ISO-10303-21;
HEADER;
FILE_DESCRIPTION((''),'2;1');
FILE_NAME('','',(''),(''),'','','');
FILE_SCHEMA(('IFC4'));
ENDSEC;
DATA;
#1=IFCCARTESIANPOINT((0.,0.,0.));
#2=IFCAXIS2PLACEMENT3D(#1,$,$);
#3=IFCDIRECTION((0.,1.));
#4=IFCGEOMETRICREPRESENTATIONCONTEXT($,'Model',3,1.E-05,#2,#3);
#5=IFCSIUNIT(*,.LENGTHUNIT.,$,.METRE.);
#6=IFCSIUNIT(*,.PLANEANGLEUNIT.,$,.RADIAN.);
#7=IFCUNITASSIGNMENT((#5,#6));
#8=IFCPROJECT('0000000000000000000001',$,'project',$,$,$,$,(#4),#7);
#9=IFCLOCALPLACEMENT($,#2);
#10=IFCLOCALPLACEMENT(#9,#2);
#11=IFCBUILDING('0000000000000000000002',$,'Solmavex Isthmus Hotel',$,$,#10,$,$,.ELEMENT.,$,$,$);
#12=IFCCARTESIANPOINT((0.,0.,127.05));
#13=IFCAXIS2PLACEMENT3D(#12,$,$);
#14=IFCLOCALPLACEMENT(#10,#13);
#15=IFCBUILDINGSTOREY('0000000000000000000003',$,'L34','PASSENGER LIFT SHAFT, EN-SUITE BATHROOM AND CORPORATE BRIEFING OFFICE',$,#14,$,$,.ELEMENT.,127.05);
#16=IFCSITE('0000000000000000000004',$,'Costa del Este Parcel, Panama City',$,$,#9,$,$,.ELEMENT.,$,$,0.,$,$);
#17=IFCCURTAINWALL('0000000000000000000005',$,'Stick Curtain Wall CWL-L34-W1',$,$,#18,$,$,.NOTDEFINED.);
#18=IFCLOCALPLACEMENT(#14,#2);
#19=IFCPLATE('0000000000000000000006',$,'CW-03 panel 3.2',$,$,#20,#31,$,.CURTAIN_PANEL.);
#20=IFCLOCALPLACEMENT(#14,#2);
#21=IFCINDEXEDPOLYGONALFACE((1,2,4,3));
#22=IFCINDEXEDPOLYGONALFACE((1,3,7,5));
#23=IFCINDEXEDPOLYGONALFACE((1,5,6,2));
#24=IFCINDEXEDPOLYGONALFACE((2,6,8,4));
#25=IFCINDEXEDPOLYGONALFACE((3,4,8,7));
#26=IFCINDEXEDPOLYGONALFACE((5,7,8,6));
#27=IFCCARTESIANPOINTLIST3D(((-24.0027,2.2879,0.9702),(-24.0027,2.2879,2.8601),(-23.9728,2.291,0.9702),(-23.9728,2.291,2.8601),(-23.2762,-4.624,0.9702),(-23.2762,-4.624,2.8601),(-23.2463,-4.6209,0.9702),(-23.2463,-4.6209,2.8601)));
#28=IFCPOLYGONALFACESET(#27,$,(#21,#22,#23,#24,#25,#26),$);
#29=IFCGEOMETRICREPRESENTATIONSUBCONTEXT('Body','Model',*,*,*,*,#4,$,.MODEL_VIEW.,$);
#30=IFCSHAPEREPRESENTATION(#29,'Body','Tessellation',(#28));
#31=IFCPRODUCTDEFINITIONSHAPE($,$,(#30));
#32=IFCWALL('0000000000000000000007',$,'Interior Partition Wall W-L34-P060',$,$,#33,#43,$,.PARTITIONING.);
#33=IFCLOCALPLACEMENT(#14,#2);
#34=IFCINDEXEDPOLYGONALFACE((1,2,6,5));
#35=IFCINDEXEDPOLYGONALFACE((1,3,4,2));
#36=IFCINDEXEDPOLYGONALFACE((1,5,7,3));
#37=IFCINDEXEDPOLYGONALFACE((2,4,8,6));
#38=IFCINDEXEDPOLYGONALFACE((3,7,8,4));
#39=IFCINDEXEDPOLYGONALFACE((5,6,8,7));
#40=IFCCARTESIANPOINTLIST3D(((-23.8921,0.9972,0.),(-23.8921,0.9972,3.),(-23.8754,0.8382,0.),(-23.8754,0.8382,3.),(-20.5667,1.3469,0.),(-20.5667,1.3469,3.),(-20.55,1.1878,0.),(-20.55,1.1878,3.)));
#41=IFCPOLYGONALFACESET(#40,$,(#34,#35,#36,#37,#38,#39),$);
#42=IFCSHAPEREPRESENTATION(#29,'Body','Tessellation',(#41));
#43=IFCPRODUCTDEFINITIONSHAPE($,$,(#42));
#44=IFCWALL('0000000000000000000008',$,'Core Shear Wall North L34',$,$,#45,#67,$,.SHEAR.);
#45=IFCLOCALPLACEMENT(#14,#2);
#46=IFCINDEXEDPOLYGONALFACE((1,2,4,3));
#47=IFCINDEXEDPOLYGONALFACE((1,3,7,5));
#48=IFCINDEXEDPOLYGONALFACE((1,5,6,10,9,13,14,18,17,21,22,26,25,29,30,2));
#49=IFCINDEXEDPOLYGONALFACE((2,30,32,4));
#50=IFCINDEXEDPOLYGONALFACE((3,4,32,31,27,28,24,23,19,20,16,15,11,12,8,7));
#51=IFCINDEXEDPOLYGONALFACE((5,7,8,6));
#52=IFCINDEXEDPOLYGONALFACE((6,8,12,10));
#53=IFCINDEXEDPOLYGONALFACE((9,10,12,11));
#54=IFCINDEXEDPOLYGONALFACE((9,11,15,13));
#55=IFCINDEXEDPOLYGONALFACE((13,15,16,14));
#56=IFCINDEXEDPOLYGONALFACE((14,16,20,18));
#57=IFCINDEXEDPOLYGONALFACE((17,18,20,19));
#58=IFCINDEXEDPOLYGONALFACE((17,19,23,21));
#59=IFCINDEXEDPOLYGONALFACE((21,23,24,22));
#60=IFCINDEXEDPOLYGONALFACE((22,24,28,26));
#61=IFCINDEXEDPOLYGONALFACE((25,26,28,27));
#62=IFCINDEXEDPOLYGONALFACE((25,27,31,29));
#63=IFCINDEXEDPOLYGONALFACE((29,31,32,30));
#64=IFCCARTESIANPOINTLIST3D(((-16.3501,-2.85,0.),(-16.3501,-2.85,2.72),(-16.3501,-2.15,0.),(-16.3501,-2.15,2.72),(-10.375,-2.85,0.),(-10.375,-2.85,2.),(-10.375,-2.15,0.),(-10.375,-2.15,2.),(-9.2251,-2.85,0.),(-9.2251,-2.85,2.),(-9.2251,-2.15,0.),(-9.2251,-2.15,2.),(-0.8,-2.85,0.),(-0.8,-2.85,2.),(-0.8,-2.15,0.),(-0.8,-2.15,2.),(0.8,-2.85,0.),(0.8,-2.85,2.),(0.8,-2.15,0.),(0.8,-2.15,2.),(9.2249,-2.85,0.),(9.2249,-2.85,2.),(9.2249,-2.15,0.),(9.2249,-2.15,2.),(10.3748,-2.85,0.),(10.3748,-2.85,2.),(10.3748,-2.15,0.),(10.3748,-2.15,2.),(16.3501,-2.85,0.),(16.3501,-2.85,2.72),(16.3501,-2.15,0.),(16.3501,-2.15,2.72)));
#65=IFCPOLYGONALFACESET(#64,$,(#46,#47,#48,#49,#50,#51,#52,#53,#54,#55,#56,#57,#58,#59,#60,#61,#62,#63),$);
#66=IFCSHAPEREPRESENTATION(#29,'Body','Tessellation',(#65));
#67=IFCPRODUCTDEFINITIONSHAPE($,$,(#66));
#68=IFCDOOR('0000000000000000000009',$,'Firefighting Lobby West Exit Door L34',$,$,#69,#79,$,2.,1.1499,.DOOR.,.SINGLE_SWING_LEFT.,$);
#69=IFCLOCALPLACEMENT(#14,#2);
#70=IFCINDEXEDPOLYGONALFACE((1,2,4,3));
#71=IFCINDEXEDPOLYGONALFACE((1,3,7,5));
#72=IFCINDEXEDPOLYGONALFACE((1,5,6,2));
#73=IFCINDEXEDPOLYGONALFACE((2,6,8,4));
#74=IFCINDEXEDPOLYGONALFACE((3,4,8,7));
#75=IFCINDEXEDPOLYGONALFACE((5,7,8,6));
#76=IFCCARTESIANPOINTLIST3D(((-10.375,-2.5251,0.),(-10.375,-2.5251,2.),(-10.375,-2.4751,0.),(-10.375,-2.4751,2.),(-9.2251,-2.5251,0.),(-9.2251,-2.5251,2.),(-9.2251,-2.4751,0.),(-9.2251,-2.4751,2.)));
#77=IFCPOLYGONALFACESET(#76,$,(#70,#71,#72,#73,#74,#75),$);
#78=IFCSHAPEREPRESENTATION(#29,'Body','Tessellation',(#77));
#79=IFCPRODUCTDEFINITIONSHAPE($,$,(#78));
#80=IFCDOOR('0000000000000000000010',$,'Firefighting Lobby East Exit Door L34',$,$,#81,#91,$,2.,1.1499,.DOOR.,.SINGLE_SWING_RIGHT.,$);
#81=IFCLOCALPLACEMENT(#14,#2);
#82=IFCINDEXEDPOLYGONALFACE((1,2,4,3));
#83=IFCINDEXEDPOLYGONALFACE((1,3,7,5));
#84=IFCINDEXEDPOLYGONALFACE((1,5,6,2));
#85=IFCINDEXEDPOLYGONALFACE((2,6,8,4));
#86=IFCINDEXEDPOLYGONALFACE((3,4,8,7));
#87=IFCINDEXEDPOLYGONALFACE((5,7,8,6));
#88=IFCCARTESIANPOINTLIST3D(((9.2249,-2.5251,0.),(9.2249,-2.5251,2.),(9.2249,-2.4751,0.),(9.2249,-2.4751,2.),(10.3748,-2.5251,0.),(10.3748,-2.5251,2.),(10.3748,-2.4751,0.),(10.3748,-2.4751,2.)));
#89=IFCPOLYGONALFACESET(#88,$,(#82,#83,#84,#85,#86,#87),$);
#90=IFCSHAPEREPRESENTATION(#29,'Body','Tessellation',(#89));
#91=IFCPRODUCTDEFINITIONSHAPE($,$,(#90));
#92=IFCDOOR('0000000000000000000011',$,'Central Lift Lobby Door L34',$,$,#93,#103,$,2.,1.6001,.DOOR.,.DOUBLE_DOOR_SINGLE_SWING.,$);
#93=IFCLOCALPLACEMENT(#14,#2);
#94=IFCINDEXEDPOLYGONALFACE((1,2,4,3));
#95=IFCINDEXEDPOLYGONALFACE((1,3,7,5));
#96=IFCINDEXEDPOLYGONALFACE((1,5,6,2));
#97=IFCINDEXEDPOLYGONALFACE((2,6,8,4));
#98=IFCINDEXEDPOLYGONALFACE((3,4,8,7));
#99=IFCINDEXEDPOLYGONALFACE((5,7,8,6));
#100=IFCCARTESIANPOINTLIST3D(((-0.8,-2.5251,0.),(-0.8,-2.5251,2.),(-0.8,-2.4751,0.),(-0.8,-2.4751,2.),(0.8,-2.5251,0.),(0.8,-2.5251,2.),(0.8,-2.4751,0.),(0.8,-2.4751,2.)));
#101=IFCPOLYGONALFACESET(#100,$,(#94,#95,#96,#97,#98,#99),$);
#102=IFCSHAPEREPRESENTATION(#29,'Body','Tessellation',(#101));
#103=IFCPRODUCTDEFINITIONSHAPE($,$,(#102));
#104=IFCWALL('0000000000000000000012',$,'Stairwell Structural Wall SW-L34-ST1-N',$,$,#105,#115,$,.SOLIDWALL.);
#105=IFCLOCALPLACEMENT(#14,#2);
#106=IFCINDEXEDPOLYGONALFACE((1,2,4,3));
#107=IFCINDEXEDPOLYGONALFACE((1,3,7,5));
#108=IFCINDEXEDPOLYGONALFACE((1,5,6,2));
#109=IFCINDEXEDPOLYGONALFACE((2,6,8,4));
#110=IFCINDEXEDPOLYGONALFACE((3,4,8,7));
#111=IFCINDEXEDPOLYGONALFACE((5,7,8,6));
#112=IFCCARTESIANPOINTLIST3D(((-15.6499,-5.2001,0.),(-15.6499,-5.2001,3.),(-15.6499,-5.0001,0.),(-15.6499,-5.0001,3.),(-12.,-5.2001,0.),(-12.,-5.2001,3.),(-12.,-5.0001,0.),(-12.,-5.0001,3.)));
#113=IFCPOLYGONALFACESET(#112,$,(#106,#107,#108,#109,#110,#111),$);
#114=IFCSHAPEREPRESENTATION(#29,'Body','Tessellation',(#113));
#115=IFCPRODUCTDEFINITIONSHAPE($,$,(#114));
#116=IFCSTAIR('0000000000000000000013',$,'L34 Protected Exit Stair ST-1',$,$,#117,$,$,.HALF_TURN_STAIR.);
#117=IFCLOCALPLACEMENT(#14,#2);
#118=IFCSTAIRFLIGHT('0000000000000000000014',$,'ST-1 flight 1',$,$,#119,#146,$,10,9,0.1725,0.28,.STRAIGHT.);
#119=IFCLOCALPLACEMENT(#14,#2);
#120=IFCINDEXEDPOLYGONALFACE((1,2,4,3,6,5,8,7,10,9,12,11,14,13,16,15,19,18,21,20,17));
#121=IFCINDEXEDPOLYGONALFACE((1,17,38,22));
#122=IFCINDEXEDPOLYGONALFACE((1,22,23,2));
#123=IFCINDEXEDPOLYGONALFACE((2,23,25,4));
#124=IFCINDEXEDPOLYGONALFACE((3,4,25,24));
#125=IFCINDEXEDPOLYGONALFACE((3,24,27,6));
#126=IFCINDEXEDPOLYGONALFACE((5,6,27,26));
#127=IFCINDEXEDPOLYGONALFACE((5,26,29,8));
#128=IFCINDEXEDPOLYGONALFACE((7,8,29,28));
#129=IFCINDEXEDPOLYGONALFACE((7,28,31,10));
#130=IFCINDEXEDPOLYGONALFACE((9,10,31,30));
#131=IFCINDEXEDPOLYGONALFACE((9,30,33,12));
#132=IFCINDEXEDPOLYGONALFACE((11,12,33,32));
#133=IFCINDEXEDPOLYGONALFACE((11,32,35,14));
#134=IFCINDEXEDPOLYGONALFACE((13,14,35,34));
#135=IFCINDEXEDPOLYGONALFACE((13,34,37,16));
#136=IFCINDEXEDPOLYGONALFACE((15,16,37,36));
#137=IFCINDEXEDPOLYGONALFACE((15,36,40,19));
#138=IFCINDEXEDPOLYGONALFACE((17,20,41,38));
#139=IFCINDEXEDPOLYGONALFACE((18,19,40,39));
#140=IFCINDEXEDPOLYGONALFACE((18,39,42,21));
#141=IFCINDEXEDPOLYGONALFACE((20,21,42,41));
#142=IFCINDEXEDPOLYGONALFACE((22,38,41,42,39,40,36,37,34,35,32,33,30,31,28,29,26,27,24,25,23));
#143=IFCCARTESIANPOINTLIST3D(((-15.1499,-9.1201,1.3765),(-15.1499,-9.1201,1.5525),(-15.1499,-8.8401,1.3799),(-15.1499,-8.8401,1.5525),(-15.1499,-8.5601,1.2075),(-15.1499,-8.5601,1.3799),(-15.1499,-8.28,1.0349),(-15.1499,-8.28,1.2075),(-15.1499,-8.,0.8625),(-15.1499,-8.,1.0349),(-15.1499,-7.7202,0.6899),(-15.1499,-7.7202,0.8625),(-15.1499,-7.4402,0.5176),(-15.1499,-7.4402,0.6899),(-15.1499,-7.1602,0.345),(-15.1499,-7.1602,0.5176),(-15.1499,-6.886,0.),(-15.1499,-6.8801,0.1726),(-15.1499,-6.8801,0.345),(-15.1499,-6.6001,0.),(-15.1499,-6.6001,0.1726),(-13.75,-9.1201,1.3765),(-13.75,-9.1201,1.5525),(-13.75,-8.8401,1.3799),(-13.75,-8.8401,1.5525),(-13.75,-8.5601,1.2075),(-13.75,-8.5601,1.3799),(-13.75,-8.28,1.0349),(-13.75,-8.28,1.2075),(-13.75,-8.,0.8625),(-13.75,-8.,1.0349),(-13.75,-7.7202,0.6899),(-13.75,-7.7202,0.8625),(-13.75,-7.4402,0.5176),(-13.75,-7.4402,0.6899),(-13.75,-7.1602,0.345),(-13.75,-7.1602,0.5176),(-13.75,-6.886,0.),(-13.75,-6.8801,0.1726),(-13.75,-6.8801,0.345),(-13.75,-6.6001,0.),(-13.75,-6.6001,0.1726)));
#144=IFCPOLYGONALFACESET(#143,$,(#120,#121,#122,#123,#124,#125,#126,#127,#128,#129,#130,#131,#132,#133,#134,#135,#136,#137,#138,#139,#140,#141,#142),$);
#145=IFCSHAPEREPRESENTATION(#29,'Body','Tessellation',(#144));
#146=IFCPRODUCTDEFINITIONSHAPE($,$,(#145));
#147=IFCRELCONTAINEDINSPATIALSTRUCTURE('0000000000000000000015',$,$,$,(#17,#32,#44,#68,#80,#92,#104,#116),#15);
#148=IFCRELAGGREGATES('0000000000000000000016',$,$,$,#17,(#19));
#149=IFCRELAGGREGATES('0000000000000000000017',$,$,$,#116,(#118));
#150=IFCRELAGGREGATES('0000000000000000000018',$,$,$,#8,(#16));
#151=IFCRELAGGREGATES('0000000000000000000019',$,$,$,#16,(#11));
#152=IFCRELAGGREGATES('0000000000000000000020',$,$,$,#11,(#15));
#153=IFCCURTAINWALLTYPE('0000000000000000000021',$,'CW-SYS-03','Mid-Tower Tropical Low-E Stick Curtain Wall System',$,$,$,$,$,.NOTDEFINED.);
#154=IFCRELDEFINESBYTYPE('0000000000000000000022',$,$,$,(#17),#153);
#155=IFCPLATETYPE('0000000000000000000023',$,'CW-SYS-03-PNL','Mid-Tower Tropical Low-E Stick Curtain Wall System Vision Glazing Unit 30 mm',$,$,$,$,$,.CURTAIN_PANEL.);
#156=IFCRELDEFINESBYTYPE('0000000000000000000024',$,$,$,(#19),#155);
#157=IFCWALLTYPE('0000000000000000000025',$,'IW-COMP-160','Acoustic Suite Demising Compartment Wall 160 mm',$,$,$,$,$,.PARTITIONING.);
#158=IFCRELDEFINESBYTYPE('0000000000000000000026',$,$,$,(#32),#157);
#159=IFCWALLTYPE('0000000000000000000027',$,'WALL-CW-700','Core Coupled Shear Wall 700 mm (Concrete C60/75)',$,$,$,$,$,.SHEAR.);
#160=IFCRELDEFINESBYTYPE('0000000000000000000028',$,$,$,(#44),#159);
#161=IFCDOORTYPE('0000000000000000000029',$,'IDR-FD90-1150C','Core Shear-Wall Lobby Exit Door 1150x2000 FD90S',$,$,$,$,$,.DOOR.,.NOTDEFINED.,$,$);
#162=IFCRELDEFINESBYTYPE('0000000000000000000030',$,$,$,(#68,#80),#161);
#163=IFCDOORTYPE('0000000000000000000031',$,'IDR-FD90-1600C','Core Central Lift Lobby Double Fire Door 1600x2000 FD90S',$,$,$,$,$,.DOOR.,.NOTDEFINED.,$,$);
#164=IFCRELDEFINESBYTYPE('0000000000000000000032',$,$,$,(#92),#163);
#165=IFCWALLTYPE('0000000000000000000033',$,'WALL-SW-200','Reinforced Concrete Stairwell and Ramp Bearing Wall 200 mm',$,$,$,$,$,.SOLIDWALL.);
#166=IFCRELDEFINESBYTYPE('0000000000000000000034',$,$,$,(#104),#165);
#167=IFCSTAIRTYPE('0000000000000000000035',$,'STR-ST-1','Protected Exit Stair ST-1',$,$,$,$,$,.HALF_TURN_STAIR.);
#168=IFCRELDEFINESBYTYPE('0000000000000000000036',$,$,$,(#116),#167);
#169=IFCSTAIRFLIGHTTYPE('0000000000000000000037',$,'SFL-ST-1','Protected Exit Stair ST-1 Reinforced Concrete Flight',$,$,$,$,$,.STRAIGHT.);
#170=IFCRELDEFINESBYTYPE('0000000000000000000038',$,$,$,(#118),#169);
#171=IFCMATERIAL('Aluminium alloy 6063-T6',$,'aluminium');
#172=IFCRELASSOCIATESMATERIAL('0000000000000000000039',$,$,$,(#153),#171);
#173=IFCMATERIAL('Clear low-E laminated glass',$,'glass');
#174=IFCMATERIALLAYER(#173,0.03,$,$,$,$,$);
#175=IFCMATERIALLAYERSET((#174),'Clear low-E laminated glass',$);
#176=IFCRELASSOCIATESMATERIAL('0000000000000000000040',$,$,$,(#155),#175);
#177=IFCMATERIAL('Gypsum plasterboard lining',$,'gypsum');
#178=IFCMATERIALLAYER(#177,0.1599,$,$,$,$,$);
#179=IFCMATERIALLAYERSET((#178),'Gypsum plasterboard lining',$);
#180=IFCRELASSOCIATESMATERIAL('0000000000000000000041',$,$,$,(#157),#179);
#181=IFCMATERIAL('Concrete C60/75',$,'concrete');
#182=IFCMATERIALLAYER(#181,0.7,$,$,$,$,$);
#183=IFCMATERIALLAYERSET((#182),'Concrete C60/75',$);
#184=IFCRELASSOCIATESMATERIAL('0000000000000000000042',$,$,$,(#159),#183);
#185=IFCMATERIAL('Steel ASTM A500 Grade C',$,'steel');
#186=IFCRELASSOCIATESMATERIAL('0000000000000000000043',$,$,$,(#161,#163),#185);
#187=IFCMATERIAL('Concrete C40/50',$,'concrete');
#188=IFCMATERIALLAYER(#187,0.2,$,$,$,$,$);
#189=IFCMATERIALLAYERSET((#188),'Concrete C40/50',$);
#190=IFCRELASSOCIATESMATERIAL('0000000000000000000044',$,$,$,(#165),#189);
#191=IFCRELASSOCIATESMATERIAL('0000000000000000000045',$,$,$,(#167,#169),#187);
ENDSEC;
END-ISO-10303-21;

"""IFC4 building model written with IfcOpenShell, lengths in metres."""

from ifc_helpers import new_model, si_unit, direction, frame, frame_2d, origin, origin_2d, place, context, subcontext, project, spatial, polyline, rectangle, outline, extrude, material, layer, layer_set, type_object, element, fill, aggregate, save


model = new_model("IFC4")

# Units and contexts
model_context = context("Model", 3, precision=1e-05, world=origin(), true_north=direction((0.0, 1.0)))
body_context = subcontext(model_context, "Body", "Model", "MODEL_VIEW")
ifc_project = project(units=[si_unit("LENGTHUNIT", "METRE"), si_unit("PLANEANGLEUNIT", "RADIAN")], contexts=[model_context])

# Site, building, storey
site_placement = place(None, origin())
site = spatial("IfcSite", under=ifc_project, at=site_placement, Name="Costa del Este Parcel, Panama City", CompositionType="ELEMENT", RefElevation=0.0)
building_placement = place(site_placement, origin())
building = spatial("IfcBuilding", under=site, at=building_placement, Name="Solmavex Isthmus Hotel", CompositionType="ELEMENT")
storey_placement = place(building_placement, frame((0.0, 0.0, 127.05)))
storey = spatial("IfcBuildingStorey", under=building, at=storey_placement, Name="L34", Description="PASSENGER LIFT SHAFT, EN-SUITE BATHROOM AND CORPORATE BRIEFING OFFICE", CompositionType="ELEMENT", Elevation=127.05)

# Shared definitions
ifc_material_1 = material(Name="Concrete C60/75", Category="concrete")

# Curtain wall, plate
ifc_material_2 = material(Name="Aluminium alloy 6063-T6", Category="aluminium")
curtain_wall_type = type_object("IfcCurtainWallType", Name="CW-SYS-03", Description="Mid-Tower Tropical Low-E Stick Curtain Wall System", PredefinedType="NOTDEFINED", material=ifc_material_2)
curtain_wall_placement = place(storey_placement, origin())
curtain_wall = element("IfcCurtainWall", 1, at=curtain_wall_placement, inside=storey, type_object=curtain_wall_type, Name="Stick Curtain Wall CWL-L34-W1", PredefinedType="NOTDEFINED")
ifc_material_3 = material(Name="Clear low-E laminated glass", Category="glass")
ifc_layer_1 = layer(ifc_material_3, 0.03)
ifc_layer_set_1 = layer_set([ifc_layer_1], Name="Clear low-E laminated glass")
plate_type = type_object("IfcPlateType", Name="CW-SYS-03-PNL", Description="Mid-Tower Tropical Low-E Stick Curtain Wall System Vision Glazing Unit 30 mm", PredefinedType="CURTAIN_PANEL", material=ifc_layer_set_1)
plate_1_placement = place(storey_placement, frame((-23.6245, -1.1665, 0.9702), z_axis=(0.0, 0.0, 1.0), x_axis=(-0.104528, 0.994522, 0.0)))
plate_1 = element("IfcPlate", 2, at=plate_1_placement, type_object=plate_type, Name="CW-03 panel 3.2", PredefinedType="CURTAIN_PANEL", context=body_context, shape_type="SweptSolid", body=[
    extrude(rectangle(XDim=6.95, YDim=0.03, at=origin_2d()), origin(), (0.0, 0.0, 1.0), 1.8899),
])
aggregate(curtain_wall, [plate_1])

# Wall
ifc_material_4 = material(Name="Gypsum plasterboard lining", Category="gypsum")
ifc_layer_2 = layer(ifc_material_4, 0.1599)
ifc_layer_set_2 = layer_set([ifc_layer_2], Name="Gypsum plasterboard lining")
wall_type_1 = type_object("IfcWallType", Name="IW-COMP-160", Description="Acoustic Suite Demising Compartment Wall 160 mm", PredefinedType="PARTITIONING", material=ifc_layer_set_2)
wall_1_placement = place(storey_placement, frame((-20.5583, 1.2673, 0.0), z_axis=(0.0, 0.0, 1.0), x_axis=(-0.994519, -0.104556, 0.0)))
element("IfcWall", 3, at=wall_1_placement, inside=storey, type_object=wall_type_1, Name="Interior Partition Wall W-L34-P060", PredefinedType="PARTITIONING", context=body_context, shape_type="SweptSolid", body=[
    extrude(rectangle(XDim=3.3438, YDim=0.1599, at=frame_2d((1.6719, 0.0))), origin(), (0.0, 0.0, 1.0), 3.0),
])

# Wall, openings, doors
ifc_layer_3 = layer(ifc_material_1, 0.7)
ifc_layer_set_3 = layer_set([ifc_layer_3], Name="Concrete C60/75")
wall_type_2 = type_object("IfcWallType", Name="WALL-CW-700", Description="Core Coupled Shear Wall 700 mm (Concrete C60/75)", PredefinedType="SHEAR", material=ifc_layer_set_3)
wall_2_placement = place(storey_placement, frame((-16.3501, -2.5, 0.0), z_axis=(0.0, 0.0, 1.0), x_axis=(1.0, 0.0, 0.0)))
wall_2 = element("IfcWall", 4, at=wall_2_placement, inside=storey, type_object=wall_type_2, Name="Core Shear Wall North L34", PredefinedType="SHEAR", context=body_context, shape_type="SweptSolid", body=[
    extrude(rectangle(XDim=32.7002, YDim=0.7, at=frame_2d((16.3501, 0.0))), origin(), (0.0, 0.0, 1.0), 2.72),
])
opening_1_placement = place(wall_2_placement, frame((5.9751, 0.0, 0.0)))
opening_1 = element("IfcOpeningElement", 5, at=opening_1_placement, cuts=wall_2, PredefinedType="OPENING", context=body_context, shape_type="SweptSolid", body=[
    extrude(rectangle(XDim=1.1499, YDim=2.0, at=frame_2d((0.575, 1.0))), frame((0.0, 0.3599, 0.0), z_axis=(0.0, -1.0, 0.0), x_axis=(1.0, 0.0, 0.0)), (0.0, 0.0, 1.0), 0.72),
])
opening_2_placement = place(wall_2_placement, frame((15.55, 0.0, 0.0)))
opening_2 = element("IfcOpeningElement", 6, at=opening_2_placement, cuts=wall_2, PredefinedType="OPENING", context=body_context, shape_type="SweptSolid", body=[
    extrude(rectangle(XDim=1.6001, YDim=2.0, at=frame_2d((0.8, 1.0))), frame((0.0, 0.3599, 0.0), z_axis=(0.0, -1.0, 0.0), x_axis=(1.0, 0.0, 0.0)), (0.0, 0.0, 1.0), 0.72),
])
opening_3_placement = place(wall_2_placement, frame((25.575, 0.0, 0.0)))
opening_3 = element("IfcOpeningElement", 7, at=opening_3_placement, cuts=wall_2, PredefinedType="OPENING", context=body_context, shape_type="SweptSolid", body=[
    extrude(rectangle(XDim=1.1499, YDim=2.0, at=frame_2d((0.575, 1.0))), frame((0.0, 0.3599, 0.0), z_axis=(0.0, -1.0, 0.0), x_axis=(1.0, 0.0, 0.0)), (0.0, 0.0, 1.0), 0.72),
])
ifc_material_5 = material(Name="Steel ASTM A500 Grade C", Category="steel")
door_type_1 = type_object("IfcDoorType", Name="IDR-FD90-1150C", Description="Core Shear-Wall Lobby Exit Door 1150x2000 FD90S", OperationType="NOTDEFINED", PredefinedType="DOOR", material=ifc_material_5)
door_1_placement = place(opening_1_placement, origin())
door_1 = element("IfcDoor", 8, at=door_1_placement, inside=storey, type_object=door_type_1, Name="Firefighting Lobby West Exit Door L34", OperationType="SINGLE_SWING_LEFT", OverallHeight=2.0, OverallWidth=1.1499, PredefinedType="DOOR", context=body_context, shape_type="SweptSolid", body=[
    extrude(rectangle(XDim=1.1499, YDim=2.0, at=frame_2d((0.575, 1.0))), frame((0.0, 0.0249, 0.0), z_axis=(0.0, -1.0, 0.0), x_axis=(1.0, 0.0, 0.0)), (0.0, 0.0, 1.0), 0.05),
])
fill(opening_1, door_1)
door_2_placement = place(opening_3_placement, origin())
door_2 = element("IfcDoor", 9, at=door_2_placement, inside=storey, type_object=door_type_1, Name="Firefighting Lobby East Exit Door L34", OperationType="SINGLE_SWING_RIGHT", OverallHeight=2.0, OverallWidth=1.1499, PredefinedType="DOOR", context=body_context, shape_type="SweptSolid", body=[
    extrude(rectangle(XDim=1.1499, YDim=2.0, at=frame_2d((0.575, 1.0))), frame((0.0, 0.0249, 0.0), z_axis=(0.0, -1.0, 0.0), x_axis=(1.0, 0.0, 0.0)), (0.0, 0.0, 1.0), 0.05),
])
fill(opening_3, door_2)
door_type_2 = type_object("IfcDoorType", Name="IDR-FD90-1600C", Description="Core Central Lift Lobby Double Fire Door 1600x2000 FD90S", OperationType="NOTDEFINED", PredefinedType="DOOR", material=ifc_material_5)
door_3_placement = place(opening_2_placement, origin())
door_3 = element("IfcDoor", 10, at=door_3_placement, inside=storey, type_object=door_type_2, Name="Central Lift Lobby Door L34", OperationType="DOUBLE_DOOR_SINGLE_SWING", OverallHeight=2.0, OverallWidth=1.6001, PredefinedType="DOOR", context=body_context, shape_type="SweptSolid", body=[
    extrude(rectangle(XDim=1.6001, YDim=2.0, at=frame_2d((0.8, 1.0))), frame((0.0, 0.0249, 0.0), z_axis=(0.0, -1.0, 0.0), x_axis=(1.0, 0.0, 0.0)), (0.0, 0.0, 1.0), 0.05),
])
fill(opening_2, door_3)

# Wall
ifc_material_6 = material(Name="Concrete C40/50", Category="concrete")
ifc_layer_4 = layer(ifc_material_6, 0.2)
ifc_layer_set_4 = layer_set([ifc_layer_4], Name="Concrete C40/50")
wall_type_3 = type_object("IfcWallType", Name="WALL-SW-200", Description="Reinforced Concrete Stairwell and Ramp Bearing Wall 200 mm", PredefinedType="SOLIDWALL", material=ifc_layer_set_4)
wall_3_placement = place(storey_placement, frame((-15.6499, -5.1001, 0.0), z_axis=(0.0, 0.0, 1.0), x_axis=(1.0, 0.0, 0.0)))
element("IfcWall", 11, at=wall_3_placement, inside=storey, type_object=wall_type_3, Name="Stairwell Structural Wall SW-L34-ST1-N", PredefinedType="SOLIDWALL", context=body_context, shape_type="SweptSolid", body=[
    extrude(rectangle(XDim=3.6499, YDim=0.2, at=frame_2d((1.825, 0.0))), origin(), (0.0, 0.0, 1.0), 3.0),
])

# Stair, stair flight
stair_type = type_object("IfcStairType", Name="STR-ST-1", Description="Protected Exit Stair ST-1", PredefinedType="HALF_TURN_STAIR", material=ifc_material_6)
stair_placement = place(storey_placement, origin())
stair = element("IfcStair", 12, at=stair_placement, inside=storey, type_object=stair_type, Name="L34 Protected Exit Stair ST-1", PredefinedType="HALF_TURN_STAIR")
stair_flight_type = type_object("IfcStairFlightType", Name="SFL-ST-1", Description="Protected Exit Stair ST-1 Reinforced Concrete Flight", PredefinedType="STRAIGHT", material=ifc_material_6)
stair_flight_1_placement = place(storey_placement, frame((-14.45, -6.6001, 0.0), z_axis=(0.0, 0.0, 1.0), x_axis=(0.0, -1.0, 0.0)))
stair_flight_1 = element("IfcStairFlight", 13, at=stair_flight_1_placement, type_object=stair_flight_type, Name="ST-1 flight 1", NumberOfRisers=10, NumberOfTreads=9, PredefinedType="STRAIGHT", RiserHeight=0.1725, TreadLength=0.28, context=body_context, shape_type="SweptSolid", body=[
    extrude(outline(polyline([(0.0, 0.0), (0.0, 0.1726), (0.28, 0.1726), (0.28, 0.345), (0.5601, 0.345), (0.5601, 0.5176), (0.8401, 0.5176), (0.8401, 0.6899), (1.1201, 0.6899), (1.1201, 0.8625), (1.3999, 0.8625), (1.3999, 1.0349), (1.6799, 1.0349), (1.6799, 1.2075), (1.96, 1.2075), (1.96, 1.3799), (2.24, 1.3799), (2.24, 1.5525), (2.52, 1.5525), (2.52, 1.7251), (2.52, 1.3765), (0.2859, 0.0), (0.0, 0.0)])), frame((0.0, 0.7, 0.0), z_axis=(0.0, -1.0, 0.0), x_axis=(1.0, 0.0, 0.0)), (0.0, 0.0, 1.0), 1.3999),
])
aggregate(stair, [stair_flight_1])

save(model, "model.ifc")
